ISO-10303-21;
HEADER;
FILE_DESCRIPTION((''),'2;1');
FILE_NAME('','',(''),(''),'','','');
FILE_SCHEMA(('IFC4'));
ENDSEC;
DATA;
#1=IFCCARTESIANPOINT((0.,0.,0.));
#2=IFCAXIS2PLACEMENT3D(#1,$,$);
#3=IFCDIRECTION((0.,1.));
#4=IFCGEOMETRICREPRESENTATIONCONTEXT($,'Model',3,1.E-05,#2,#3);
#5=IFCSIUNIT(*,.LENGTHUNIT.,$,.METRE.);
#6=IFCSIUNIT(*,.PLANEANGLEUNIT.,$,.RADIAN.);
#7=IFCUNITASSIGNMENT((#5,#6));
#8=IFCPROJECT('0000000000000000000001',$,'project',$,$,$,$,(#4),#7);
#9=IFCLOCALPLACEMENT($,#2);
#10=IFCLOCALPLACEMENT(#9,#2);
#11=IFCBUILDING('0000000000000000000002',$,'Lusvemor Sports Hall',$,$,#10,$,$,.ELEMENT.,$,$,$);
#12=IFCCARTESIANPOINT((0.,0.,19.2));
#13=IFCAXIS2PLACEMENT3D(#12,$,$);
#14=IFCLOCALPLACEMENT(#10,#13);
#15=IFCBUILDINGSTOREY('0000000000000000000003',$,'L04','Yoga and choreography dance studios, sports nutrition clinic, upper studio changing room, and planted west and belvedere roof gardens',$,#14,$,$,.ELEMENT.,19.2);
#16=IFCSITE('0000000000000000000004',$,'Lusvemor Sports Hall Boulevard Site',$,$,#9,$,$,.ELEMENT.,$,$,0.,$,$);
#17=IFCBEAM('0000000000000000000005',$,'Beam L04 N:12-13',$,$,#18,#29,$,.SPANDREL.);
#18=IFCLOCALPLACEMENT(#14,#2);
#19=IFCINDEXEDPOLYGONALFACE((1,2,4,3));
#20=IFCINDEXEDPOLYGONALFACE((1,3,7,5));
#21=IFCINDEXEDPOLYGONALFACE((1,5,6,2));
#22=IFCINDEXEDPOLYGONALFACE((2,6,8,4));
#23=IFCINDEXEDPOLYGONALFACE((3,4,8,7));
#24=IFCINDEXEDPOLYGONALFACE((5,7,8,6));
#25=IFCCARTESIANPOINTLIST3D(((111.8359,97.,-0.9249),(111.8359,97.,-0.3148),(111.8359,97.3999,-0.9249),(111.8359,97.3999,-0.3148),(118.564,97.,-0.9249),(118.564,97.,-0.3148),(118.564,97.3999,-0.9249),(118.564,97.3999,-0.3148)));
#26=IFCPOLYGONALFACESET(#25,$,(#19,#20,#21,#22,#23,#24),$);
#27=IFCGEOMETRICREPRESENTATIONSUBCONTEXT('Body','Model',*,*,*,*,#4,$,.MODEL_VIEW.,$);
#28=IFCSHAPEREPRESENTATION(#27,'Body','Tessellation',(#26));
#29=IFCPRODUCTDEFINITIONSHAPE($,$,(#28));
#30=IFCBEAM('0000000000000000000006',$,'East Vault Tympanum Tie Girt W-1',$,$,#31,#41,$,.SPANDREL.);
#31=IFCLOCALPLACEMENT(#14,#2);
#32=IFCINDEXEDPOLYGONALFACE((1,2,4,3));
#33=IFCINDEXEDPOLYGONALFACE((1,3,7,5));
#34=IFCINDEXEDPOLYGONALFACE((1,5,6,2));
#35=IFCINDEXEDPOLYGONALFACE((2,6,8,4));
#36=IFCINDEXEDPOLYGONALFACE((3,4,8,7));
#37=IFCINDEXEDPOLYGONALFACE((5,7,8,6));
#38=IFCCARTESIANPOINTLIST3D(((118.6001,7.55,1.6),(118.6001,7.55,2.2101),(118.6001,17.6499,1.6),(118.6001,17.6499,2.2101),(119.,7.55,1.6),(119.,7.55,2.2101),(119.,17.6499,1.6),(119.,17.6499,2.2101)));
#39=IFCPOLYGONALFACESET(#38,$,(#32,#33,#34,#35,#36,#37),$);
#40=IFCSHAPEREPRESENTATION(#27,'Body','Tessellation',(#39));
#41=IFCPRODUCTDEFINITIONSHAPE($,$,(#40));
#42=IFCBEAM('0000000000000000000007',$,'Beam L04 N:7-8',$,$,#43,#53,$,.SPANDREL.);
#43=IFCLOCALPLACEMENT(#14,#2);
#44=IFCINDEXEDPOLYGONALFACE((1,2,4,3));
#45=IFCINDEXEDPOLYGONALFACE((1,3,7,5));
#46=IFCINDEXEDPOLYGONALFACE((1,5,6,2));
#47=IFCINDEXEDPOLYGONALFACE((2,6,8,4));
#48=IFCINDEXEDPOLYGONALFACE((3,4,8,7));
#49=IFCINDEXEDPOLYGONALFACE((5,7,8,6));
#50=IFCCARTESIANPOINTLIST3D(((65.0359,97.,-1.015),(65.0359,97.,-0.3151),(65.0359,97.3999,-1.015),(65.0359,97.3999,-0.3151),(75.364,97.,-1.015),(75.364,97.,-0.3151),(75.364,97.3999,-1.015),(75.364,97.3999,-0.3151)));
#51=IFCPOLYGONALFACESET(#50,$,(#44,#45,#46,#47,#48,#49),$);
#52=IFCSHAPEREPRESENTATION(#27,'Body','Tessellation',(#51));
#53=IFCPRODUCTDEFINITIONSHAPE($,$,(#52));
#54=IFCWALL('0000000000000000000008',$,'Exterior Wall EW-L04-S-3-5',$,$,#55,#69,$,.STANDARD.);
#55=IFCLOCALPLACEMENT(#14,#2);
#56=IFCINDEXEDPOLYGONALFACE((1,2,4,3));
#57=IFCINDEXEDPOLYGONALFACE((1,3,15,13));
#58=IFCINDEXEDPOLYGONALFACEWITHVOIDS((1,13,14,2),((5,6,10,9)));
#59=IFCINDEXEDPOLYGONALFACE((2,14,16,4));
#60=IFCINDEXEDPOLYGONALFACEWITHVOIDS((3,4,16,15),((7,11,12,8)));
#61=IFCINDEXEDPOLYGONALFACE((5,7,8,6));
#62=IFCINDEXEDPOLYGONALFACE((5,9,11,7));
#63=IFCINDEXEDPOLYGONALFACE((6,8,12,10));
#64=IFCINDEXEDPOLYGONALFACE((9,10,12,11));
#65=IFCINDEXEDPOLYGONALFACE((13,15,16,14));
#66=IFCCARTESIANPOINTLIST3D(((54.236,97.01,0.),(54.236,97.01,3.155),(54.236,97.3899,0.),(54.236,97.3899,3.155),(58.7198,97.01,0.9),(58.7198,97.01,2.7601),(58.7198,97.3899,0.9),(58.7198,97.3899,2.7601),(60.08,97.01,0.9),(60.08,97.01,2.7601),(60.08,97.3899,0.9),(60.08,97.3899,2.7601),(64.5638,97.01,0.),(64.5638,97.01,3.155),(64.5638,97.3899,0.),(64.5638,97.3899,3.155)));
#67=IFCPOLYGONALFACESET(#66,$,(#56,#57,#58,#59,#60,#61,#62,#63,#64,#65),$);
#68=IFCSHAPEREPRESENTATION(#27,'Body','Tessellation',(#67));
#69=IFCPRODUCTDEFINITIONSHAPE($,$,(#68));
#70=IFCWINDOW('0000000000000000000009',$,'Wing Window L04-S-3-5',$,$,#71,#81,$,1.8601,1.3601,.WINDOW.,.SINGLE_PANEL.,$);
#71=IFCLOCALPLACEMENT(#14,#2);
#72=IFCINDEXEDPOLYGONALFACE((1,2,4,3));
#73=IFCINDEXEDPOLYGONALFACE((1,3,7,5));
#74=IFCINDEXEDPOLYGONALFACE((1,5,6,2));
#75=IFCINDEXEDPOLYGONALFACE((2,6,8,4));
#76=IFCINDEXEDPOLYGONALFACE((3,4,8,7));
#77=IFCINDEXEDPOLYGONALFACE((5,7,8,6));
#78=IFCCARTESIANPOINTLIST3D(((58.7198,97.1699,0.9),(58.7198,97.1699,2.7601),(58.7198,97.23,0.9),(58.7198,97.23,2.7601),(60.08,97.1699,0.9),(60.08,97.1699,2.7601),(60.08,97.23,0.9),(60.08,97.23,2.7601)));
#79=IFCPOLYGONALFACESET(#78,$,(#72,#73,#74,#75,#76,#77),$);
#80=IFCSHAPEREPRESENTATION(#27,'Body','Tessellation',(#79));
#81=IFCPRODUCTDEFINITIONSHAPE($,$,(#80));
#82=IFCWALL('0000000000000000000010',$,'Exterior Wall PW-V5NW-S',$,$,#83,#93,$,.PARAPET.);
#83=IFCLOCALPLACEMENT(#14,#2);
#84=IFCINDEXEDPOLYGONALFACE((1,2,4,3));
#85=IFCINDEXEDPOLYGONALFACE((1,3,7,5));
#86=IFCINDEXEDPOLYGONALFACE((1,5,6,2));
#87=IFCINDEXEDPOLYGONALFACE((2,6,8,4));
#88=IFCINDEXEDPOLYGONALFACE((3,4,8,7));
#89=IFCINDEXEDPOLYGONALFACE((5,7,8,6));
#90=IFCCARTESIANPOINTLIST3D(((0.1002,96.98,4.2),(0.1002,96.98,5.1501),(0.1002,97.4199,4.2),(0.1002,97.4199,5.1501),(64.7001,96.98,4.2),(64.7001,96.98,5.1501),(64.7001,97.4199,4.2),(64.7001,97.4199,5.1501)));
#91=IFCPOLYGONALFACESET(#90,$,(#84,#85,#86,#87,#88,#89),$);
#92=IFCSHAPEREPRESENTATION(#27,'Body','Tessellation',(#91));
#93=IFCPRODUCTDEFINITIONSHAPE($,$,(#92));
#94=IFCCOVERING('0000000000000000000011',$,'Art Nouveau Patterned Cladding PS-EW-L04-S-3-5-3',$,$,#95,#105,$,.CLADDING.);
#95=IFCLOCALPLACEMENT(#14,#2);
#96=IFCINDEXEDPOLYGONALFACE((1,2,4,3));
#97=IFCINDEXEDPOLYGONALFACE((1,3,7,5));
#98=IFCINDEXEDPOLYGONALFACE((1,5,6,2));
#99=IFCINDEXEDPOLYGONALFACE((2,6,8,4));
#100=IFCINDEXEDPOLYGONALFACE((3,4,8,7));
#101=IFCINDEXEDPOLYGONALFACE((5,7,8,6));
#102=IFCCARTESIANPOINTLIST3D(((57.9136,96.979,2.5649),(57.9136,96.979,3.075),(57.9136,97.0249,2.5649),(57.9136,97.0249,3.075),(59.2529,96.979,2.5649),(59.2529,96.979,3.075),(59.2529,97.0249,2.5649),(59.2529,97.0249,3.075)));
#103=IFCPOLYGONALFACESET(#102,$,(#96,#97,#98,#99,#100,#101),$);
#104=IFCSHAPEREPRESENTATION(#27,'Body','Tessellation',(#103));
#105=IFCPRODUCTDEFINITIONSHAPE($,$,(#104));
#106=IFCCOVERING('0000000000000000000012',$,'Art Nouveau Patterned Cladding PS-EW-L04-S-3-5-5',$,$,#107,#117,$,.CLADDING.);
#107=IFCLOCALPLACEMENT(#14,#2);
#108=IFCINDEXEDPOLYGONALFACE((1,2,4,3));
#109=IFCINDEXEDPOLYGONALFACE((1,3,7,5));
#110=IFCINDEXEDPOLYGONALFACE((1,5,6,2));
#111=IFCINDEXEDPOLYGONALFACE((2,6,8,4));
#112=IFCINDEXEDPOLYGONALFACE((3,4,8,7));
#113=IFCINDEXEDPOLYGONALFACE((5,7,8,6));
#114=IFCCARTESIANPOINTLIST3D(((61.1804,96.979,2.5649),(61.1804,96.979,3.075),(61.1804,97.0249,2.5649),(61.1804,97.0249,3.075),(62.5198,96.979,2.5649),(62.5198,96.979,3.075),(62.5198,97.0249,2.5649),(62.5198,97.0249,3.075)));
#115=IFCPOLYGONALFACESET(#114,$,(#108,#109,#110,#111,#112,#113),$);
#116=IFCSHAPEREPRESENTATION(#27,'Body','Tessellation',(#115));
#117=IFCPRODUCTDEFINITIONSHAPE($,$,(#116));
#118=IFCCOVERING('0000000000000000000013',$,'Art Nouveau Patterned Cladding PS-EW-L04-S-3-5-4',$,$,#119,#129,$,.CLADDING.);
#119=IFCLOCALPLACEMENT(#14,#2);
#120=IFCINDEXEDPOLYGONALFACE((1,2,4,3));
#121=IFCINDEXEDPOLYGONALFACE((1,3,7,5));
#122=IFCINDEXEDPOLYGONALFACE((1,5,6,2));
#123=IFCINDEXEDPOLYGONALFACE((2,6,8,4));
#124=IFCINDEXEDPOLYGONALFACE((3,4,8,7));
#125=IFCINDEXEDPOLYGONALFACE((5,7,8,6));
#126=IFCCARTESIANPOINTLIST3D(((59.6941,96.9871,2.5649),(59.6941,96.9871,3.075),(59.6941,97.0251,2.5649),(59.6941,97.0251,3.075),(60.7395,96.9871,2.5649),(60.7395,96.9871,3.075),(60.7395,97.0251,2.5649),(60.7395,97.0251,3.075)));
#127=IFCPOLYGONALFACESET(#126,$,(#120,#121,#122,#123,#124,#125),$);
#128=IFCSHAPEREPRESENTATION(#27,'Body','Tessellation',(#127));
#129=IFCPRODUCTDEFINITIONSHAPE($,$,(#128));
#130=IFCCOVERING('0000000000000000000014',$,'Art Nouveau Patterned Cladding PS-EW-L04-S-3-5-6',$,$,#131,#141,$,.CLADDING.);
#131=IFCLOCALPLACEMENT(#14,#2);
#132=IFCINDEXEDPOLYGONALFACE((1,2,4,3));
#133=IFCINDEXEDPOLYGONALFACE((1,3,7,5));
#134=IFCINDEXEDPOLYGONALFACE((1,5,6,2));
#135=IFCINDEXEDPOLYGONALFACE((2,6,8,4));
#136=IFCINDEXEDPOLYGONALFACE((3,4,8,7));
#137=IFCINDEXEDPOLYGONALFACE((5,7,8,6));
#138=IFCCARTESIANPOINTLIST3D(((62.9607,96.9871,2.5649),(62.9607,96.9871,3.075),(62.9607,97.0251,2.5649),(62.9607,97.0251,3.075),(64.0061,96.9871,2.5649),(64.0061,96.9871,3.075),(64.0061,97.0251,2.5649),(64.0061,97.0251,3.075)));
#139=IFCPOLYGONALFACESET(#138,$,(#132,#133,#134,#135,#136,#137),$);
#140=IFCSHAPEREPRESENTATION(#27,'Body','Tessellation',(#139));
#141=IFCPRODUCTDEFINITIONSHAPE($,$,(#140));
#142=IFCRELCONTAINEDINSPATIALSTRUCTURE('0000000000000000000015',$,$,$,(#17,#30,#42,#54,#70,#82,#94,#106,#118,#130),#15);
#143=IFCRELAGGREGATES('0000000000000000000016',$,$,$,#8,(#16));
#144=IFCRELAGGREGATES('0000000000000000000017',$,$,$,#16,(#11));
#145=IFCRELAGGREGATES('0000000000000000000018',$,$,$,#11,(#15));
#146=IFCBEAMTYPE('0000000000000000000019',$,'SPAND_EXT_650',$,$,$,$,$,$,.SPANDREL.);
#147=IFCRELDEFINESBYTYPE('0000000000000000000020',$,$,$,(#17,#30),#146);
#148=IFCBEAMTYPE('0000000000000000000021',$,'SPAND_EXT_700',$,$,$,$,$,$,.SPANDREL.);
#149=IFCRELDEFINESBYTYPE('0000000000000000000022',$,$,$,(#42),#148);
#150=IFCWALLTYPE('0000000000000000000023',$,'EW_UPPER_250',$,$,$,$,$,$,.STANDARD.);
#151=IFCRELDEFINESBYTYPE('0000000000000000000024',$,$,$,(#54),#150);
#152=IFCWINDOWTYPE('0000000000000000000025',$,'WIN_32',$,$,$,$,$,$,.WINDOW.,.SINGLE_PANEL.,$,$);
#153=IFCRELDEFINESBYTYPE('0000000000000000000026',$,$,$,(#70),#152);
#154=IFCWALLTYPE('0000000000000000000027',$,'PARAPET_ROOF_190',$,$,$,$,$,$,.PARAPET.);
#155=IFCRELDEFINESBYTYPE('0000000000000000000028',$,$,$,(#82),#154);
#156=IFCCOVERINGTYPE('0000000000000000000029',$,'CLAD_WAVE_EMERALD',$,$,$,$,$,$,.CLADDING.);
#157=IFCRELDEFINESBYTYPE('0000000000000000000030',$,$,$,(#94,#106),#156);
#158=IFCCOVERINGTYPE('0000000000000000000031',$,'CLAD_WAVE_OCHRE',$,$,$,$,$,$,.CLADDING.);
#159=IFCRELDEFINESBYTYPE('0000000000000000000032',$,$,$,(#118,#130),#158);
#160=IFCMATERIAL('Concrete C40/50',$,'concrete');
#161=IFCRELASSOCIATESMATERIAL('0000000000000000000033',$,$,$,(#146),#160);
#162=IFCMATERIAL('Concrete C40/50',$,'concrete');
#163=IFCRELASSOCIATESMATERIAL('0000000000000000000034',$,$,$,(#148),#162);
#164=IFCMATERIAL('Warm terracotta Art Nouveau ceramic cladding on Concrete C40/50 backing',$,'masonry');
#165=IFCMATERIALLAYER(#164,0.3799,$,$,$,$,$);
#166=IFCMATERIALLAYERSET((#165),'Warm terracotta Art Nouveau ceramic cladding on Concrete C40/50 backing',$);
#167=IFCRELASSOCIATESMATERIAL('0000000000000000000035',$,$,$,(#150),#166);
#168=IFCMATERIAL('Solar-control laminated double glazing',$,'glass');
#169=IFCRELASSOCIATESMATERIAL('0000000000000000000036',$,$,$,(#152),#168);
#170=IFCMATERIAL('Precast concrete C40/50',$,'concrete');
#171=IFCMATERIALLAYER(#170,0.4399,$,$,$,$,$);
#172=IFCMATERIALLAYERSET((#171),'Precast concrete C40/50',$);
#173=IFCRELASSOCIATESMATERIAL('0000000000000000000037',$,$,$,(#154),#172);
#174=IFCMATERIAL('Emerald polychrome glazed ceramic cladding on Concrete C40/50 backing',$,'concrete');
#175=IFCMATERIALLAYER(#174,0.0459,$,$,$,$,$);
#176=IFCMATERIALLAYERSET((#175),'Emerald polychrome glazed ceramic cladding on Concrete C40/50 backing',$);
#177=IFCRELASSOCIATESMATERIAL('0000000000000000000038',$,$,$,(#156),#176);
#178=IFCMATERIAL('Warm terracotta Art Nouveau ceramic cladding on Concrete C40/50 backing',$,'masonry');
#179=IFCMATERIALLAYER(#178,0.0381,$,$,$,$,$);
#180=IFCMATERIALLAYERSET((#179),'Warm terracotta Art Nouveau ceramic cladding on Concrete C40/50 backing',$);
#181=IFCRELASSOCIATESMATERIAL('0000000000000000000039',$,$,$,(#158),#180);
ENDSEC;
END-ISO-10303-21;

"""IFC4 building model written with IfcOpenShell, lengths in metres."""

from ifc_helpers import new_model, si_unit, direction, frame, frame_2d, origin, origin_2d, place, context, subcontext, project, spatial, rectangle, extrude, material, layer, layer_set, material_profile, profile_set, type_object, element, fill, save


model = new_model("IFC4")

# Units and contexts
model_context = context("Model", 3, precision=1e-05, world=origin(), true_north=direction((0.0, 1.0)))
body_context = subcontext(model_context, "Body", "Model", "MODEL_VIEW")
ifc_project = project(units=[si_unit("LENGTHUNIT", "METRE"), si_unit("PLANEANGLEUNIT", "RADIAN")], contexts=[model_context])

# Site, building, storey
site_placement = place(None, origin())
site = spatial("IfcSite", under=ifc_project, at=site_placement, Name="Lusvemor Sports Hall Boulevard Site", CompositionType="ELEMENT", RefElevation=0.0)
building_placement = place(site_placement, origin())
building = spatial("IfcBuilding", under=site, at=building_placement, Name="Lusvemor Sports Hall", CompositionType="ELEMENT")
storey_placement = place(building_placement, frame((0.0, 0.0, 19.2)))
storey = spatial("IfcBuildingStorey", under=building, at=storey_placement, Name="L04", Description="Yoga and choreography dance studios, sports nutrition clinic, upper studio changing room, and planted west and belvedere roof gardens", CompositionType="ELEMENT", Elevation=19.2)

# Beams
ifc_material_1 = material(Name="Concrete C40/50", Category="concrete")
ifc_material_profile_1 = material_profile(ifc_material_1, rectangle(XDim=0.3999, YDim=0.6101, at=origin_2d()), Name="RC400x610")
ifc_profile_set_1 = profile_set([ifc_material_profile_1], Name="Concrete C40/50")
beam_type_1 = type_object("IfcBeamType", Name="SPAND_EXT_650", PredefinedType="SPANDREL", material=ifc_profile_set_1)
beam_1_placement = place(storey_placement, frame((111.8359, 97.2, -0.6199), z_axis=(1.0, 0.0, 0.0), x_axis=(0.0, 1.0, 0.0)))
element("IfcBeam", 1, at=beam_1_placement, inside=storey, type_object=beam_type_1, Name="Beam L04 N:12-13", PredefinedType="SPANDREL", context=body_context, shape_type="SweptSolid", body=[
    extrude(rectangle(XDim=0.3999, YDim=0.6101, at=origin_2d()), origin(), (0.0, 0.0, 1.0), 6.728),
])
beam_2_placement = place(storey_placement, frame((118.8, 7.55, 1.905), z_axis=(0.0, 1.0, 0.0), x_axis=(-1.0, 0.0, 0.0)))
element("IfcBeam", 2, at=beam_2_placement, inside=storey, type_object=beam_type_1, Name="East Vault Tympanum Tie Girt W-1", PredefinedType="SPANDREL", context=body_context, shape_type="SweptSolid", body=[
    extrude(rectangle(XDim=0.3999, YDim=0.6101, at=origin_2d()), origin(), (0.0, 0.0, 1.0), 10.0999),
])
ifc_material_2 = material(Name="Concrete C40/50", Category="concrete")
ifc_material_profile_2 = material_profile(ifc_material_2, rectangle(XDim=0.3999, YDim=0.7, at=origin_2d()), Name="RC400x700")
ifc_profile_set_2 = profile_set([ifc_material_profile_2], Name="Concrete C40/50")
beam_type_2 = type_object("IfcBeamType", Name="SPAND_EXT_700", PredefinedType="SPANDREL", material=ifc_profile_set_2)
beam_3_placement = place(storey_placement, frame((65.0359, 97.2, -0.665), z_axis=(1.0, 0.0, 0.0), x_axis=(0.0, 1.0, 0.0)))
element("IfcBeam", 3, at=beam_3_placement, inside=storey, type_object=beam_type_2, Name="Beam L04 N:7-8", PredefinedType="SPANDREL", context=body_context, shape_type="SweptSolid", body=[
    extrude(rectangle(XDim=0.3999, YDim=0.7, at=origin_2d()), origin(), (0.0, 0.0, 1.0), 10.3281),
])

# Wall, opening, window
ifc_material_3 = material(Name="Warm terracotta Art Nouveau ceramic cladding on Concrete C40/50 backing", Category="masonry")
ifc_layer_1 = layer(ifc_material_3, 0.3799)
ifc_layer_set_1 = layer_set([ifc_layer_1], Name="Warm terracotta Art Nouveau ceramic cladding on Concrete C40/50 backing")
wall_type_1 = type_object("IfcWallType", Name="EW_UPPER_250", PredefinedType="STANDARD", material=ifc_layer_set_1)
wall_1_placement = place(storey_placement, frame((64.564, 97.2, 0.0), z_axis=(0.0, 0.0, 1.0), x_axis=(-1.0, 0.0, 0.0)))
wall_1 = element("IfcWall", 4, at=wall_1_placement, inside=storey, type_object=wall_type_1, Name="Exterior Wall EW-L04-S-3-5", PredefinedType="STANDARD", context=body_context, shape_type="SweptSolid", body=[
    extrude(rectangle(XDim=10.3279, YDim=0.3799, at=frame_2d((5.1641, 0.0))), origin(), (0.0, 0.0, 1.0), 3.155),
])
opening_placement = place(wall_1_placement, frame((4.4839, 0.0, 0.8999)))
opening = element("IfcOpeningElement", 5, at=opening_placement, cuts=wall_1, PredefinedType="OPENING", context=body_context, shape_type="SweptSolid", body=[
    extrude(rectangle(XDim=1.3601, YDim=1.8601, at=frame_2d((0.6802, 0.9302))), frame((0.0, 0.1899, 0.0), z_axis=(0.0, -1.0, 0.0), x_axis=(1.0, 0.0, 0.0)), (0.0, 0.0, 1.0), 0.3799),
])
ifc_material_4 = material(Name="Solar-control laminated double glazing", Category="glass")
window_type = type_object("IfcWindowType", Name="WIN_32", PartitioningType="SINGLE_PANEL", PredefinedType="WINDOW", material=ifc_material_4)
window_placement = place(opening_placement, origin())
window = element("IfcWindow", 6, at=window_placement, inside=storey, type_object=window_type, Name="Wing Window L04-S-3-5", OverallHeight=1.8601, OverallWidth=1.3601, PartitioningType="SINGLE_PANEL", PredefinedType="WINDOW", context=body_context, shape_type="SweptSolid", body=[
    extrude(rectangle(XDim=1.3601, YDim=1.8601, at=frame_2d((0.6802, 0.9302))), frame((0.0, 0.03, 0.0), z_axis=(0.0, -1.0, 0.0), x_axis=(1.0, 0.0, 0.0)), (0.0, 0.0, 1.0), 0.0601),
])
fill(opening, window)

# Wall
ifc_material_5 = material(Name="Precast concrete C40/50", Category="concrete")
ifc_layer_2 = layer(ifc_material_5, 0.4399)
ifc_layer_set_2 = layer_set([ifc_layer_2], Name="Precast concrete C40/50")
wall_type_2 = type_object("IfcWallType", Name="PARAPET_ROOF_190", PredefinedType="PARAPET", material=ifc_layer_set_2)
wall_2_placement = place(storey_placement, frame((64.7, 97.2, 4.2), z_axis=(0.0, 0.0, 1.0), x_axis=(-1.0, 0.0, 0.0)))
element("IfcWall", 7, at=wall_2_placement, inside=storey, type_object=wall_type_2, Name="Exterior Wall PW-V5NW-S", PredefinedType="PARAPET", context=body_context, shape_type="SweptSolid", body=[
    extrude(rectangle(XDim=64.5999, YDim=0.4399, at=frame_2d((32.2998, 0.0))), origin(), (0.0, 0.0, 1.0), 0.9502),
])

# Coverings
ifc_material_6 = material(Name="Emerald polychrome glazed ceramic cladding on Concrete C40/50 backing", Category="concrete")
ifc_layer_3 = layer(ifc_material_6, 0.0459)
ifc_layer_set_3 = layer_set([ifc_layer_3], Name="Emerald polychrome glazed ceramic cladding on Concrete C40/50 backing")
covering_type_1 = type_object("IfcCoveringType", Name="CLAD_WAVE_EMERALD", PredefinedType="CLADDING", material=ifc_layer_set_3)
for number, where, z_axis, x_axis, name in (
    (8, (58.5833, 97.002, 2.5649), (0.0, 0.0, 1.0), (1.0, 0.0, 0.0), "Art Nouveau Patterned Cladding PS-EW-L04-S-3-5-3"),
    (9, (61.8501, 97.002, 2.5649), (0.0, 0.0, 1.0), (1.0, 0.0, 0.0), "Art Nouveau Patterned Cladding PS-EW-L04-S-3-5-5"),
):
    element("IfcCovering", number, at=place(storey_placement, frame(where, z_axis=z_axis, x_axis=x_axis)), inside=storey, type_object=covering_type_1, Name=name, PredefinedType="CLADDING", context=body_context, shape_type="SweptSolid", body=[
        extrude(rectangle(XDim=1.3394, YDim=0.0459, at=origin_2d()), origin(), (0.0, 0.0, 1.0), 0.51),
    ])
ifc_material_7 = material(Name="Warm terracotta Art Nouveau ceramic cladding on Concrete C40/50 backing", Category="masonry")
ifc_layer_4 = layer(ifc_material_7, 0.0381)
ifc_layer_set_4 = layer_set([ifc_layer_4], Name="Warm terracotta Art Nouveau ceramic cladding on Concrete C40/50 backing")
covering_type_2 = type_object("IfcCoveringType", Name="CLAD_WAVE_OCHRE", PredefinedType="CLADDING", material=ifc_layer_set_4)
for number, where, z_axis, x_axis, name in (
    (10, (60.2168, 97.0061, 2.5649), (0.0, 0.0, 1.0), (1.0, 0.0, 0.0), "Art Nouveau Patterned Cladding PS-EW-L04-S-3-5-4"),
    (11, (63.4834, 97.0061, 2.5649), (0.0, 0.0, 1.0), (1.0, 0.0, 0.0), "Art Nouveau Patterned Cladding PS-EW-L04-S-3-5-6"),
):
    element("IfcCovering", number, at=place(storey_placement, frame(where, z_axis=z_axis, x_axis=x_axis)), inside=storey, type_object=covering_type_2, Name=name, PredefinedType="CLADDING", context=body_context, shape_type="SweptSolid", body=[
        extrude(rectangle(XDim=1.0454, YDim=0.0381, at=origin_2d()), origin(), (0.0, 0.0, 1.0), 0.51),
    ])

save(model, "model.ifc")
